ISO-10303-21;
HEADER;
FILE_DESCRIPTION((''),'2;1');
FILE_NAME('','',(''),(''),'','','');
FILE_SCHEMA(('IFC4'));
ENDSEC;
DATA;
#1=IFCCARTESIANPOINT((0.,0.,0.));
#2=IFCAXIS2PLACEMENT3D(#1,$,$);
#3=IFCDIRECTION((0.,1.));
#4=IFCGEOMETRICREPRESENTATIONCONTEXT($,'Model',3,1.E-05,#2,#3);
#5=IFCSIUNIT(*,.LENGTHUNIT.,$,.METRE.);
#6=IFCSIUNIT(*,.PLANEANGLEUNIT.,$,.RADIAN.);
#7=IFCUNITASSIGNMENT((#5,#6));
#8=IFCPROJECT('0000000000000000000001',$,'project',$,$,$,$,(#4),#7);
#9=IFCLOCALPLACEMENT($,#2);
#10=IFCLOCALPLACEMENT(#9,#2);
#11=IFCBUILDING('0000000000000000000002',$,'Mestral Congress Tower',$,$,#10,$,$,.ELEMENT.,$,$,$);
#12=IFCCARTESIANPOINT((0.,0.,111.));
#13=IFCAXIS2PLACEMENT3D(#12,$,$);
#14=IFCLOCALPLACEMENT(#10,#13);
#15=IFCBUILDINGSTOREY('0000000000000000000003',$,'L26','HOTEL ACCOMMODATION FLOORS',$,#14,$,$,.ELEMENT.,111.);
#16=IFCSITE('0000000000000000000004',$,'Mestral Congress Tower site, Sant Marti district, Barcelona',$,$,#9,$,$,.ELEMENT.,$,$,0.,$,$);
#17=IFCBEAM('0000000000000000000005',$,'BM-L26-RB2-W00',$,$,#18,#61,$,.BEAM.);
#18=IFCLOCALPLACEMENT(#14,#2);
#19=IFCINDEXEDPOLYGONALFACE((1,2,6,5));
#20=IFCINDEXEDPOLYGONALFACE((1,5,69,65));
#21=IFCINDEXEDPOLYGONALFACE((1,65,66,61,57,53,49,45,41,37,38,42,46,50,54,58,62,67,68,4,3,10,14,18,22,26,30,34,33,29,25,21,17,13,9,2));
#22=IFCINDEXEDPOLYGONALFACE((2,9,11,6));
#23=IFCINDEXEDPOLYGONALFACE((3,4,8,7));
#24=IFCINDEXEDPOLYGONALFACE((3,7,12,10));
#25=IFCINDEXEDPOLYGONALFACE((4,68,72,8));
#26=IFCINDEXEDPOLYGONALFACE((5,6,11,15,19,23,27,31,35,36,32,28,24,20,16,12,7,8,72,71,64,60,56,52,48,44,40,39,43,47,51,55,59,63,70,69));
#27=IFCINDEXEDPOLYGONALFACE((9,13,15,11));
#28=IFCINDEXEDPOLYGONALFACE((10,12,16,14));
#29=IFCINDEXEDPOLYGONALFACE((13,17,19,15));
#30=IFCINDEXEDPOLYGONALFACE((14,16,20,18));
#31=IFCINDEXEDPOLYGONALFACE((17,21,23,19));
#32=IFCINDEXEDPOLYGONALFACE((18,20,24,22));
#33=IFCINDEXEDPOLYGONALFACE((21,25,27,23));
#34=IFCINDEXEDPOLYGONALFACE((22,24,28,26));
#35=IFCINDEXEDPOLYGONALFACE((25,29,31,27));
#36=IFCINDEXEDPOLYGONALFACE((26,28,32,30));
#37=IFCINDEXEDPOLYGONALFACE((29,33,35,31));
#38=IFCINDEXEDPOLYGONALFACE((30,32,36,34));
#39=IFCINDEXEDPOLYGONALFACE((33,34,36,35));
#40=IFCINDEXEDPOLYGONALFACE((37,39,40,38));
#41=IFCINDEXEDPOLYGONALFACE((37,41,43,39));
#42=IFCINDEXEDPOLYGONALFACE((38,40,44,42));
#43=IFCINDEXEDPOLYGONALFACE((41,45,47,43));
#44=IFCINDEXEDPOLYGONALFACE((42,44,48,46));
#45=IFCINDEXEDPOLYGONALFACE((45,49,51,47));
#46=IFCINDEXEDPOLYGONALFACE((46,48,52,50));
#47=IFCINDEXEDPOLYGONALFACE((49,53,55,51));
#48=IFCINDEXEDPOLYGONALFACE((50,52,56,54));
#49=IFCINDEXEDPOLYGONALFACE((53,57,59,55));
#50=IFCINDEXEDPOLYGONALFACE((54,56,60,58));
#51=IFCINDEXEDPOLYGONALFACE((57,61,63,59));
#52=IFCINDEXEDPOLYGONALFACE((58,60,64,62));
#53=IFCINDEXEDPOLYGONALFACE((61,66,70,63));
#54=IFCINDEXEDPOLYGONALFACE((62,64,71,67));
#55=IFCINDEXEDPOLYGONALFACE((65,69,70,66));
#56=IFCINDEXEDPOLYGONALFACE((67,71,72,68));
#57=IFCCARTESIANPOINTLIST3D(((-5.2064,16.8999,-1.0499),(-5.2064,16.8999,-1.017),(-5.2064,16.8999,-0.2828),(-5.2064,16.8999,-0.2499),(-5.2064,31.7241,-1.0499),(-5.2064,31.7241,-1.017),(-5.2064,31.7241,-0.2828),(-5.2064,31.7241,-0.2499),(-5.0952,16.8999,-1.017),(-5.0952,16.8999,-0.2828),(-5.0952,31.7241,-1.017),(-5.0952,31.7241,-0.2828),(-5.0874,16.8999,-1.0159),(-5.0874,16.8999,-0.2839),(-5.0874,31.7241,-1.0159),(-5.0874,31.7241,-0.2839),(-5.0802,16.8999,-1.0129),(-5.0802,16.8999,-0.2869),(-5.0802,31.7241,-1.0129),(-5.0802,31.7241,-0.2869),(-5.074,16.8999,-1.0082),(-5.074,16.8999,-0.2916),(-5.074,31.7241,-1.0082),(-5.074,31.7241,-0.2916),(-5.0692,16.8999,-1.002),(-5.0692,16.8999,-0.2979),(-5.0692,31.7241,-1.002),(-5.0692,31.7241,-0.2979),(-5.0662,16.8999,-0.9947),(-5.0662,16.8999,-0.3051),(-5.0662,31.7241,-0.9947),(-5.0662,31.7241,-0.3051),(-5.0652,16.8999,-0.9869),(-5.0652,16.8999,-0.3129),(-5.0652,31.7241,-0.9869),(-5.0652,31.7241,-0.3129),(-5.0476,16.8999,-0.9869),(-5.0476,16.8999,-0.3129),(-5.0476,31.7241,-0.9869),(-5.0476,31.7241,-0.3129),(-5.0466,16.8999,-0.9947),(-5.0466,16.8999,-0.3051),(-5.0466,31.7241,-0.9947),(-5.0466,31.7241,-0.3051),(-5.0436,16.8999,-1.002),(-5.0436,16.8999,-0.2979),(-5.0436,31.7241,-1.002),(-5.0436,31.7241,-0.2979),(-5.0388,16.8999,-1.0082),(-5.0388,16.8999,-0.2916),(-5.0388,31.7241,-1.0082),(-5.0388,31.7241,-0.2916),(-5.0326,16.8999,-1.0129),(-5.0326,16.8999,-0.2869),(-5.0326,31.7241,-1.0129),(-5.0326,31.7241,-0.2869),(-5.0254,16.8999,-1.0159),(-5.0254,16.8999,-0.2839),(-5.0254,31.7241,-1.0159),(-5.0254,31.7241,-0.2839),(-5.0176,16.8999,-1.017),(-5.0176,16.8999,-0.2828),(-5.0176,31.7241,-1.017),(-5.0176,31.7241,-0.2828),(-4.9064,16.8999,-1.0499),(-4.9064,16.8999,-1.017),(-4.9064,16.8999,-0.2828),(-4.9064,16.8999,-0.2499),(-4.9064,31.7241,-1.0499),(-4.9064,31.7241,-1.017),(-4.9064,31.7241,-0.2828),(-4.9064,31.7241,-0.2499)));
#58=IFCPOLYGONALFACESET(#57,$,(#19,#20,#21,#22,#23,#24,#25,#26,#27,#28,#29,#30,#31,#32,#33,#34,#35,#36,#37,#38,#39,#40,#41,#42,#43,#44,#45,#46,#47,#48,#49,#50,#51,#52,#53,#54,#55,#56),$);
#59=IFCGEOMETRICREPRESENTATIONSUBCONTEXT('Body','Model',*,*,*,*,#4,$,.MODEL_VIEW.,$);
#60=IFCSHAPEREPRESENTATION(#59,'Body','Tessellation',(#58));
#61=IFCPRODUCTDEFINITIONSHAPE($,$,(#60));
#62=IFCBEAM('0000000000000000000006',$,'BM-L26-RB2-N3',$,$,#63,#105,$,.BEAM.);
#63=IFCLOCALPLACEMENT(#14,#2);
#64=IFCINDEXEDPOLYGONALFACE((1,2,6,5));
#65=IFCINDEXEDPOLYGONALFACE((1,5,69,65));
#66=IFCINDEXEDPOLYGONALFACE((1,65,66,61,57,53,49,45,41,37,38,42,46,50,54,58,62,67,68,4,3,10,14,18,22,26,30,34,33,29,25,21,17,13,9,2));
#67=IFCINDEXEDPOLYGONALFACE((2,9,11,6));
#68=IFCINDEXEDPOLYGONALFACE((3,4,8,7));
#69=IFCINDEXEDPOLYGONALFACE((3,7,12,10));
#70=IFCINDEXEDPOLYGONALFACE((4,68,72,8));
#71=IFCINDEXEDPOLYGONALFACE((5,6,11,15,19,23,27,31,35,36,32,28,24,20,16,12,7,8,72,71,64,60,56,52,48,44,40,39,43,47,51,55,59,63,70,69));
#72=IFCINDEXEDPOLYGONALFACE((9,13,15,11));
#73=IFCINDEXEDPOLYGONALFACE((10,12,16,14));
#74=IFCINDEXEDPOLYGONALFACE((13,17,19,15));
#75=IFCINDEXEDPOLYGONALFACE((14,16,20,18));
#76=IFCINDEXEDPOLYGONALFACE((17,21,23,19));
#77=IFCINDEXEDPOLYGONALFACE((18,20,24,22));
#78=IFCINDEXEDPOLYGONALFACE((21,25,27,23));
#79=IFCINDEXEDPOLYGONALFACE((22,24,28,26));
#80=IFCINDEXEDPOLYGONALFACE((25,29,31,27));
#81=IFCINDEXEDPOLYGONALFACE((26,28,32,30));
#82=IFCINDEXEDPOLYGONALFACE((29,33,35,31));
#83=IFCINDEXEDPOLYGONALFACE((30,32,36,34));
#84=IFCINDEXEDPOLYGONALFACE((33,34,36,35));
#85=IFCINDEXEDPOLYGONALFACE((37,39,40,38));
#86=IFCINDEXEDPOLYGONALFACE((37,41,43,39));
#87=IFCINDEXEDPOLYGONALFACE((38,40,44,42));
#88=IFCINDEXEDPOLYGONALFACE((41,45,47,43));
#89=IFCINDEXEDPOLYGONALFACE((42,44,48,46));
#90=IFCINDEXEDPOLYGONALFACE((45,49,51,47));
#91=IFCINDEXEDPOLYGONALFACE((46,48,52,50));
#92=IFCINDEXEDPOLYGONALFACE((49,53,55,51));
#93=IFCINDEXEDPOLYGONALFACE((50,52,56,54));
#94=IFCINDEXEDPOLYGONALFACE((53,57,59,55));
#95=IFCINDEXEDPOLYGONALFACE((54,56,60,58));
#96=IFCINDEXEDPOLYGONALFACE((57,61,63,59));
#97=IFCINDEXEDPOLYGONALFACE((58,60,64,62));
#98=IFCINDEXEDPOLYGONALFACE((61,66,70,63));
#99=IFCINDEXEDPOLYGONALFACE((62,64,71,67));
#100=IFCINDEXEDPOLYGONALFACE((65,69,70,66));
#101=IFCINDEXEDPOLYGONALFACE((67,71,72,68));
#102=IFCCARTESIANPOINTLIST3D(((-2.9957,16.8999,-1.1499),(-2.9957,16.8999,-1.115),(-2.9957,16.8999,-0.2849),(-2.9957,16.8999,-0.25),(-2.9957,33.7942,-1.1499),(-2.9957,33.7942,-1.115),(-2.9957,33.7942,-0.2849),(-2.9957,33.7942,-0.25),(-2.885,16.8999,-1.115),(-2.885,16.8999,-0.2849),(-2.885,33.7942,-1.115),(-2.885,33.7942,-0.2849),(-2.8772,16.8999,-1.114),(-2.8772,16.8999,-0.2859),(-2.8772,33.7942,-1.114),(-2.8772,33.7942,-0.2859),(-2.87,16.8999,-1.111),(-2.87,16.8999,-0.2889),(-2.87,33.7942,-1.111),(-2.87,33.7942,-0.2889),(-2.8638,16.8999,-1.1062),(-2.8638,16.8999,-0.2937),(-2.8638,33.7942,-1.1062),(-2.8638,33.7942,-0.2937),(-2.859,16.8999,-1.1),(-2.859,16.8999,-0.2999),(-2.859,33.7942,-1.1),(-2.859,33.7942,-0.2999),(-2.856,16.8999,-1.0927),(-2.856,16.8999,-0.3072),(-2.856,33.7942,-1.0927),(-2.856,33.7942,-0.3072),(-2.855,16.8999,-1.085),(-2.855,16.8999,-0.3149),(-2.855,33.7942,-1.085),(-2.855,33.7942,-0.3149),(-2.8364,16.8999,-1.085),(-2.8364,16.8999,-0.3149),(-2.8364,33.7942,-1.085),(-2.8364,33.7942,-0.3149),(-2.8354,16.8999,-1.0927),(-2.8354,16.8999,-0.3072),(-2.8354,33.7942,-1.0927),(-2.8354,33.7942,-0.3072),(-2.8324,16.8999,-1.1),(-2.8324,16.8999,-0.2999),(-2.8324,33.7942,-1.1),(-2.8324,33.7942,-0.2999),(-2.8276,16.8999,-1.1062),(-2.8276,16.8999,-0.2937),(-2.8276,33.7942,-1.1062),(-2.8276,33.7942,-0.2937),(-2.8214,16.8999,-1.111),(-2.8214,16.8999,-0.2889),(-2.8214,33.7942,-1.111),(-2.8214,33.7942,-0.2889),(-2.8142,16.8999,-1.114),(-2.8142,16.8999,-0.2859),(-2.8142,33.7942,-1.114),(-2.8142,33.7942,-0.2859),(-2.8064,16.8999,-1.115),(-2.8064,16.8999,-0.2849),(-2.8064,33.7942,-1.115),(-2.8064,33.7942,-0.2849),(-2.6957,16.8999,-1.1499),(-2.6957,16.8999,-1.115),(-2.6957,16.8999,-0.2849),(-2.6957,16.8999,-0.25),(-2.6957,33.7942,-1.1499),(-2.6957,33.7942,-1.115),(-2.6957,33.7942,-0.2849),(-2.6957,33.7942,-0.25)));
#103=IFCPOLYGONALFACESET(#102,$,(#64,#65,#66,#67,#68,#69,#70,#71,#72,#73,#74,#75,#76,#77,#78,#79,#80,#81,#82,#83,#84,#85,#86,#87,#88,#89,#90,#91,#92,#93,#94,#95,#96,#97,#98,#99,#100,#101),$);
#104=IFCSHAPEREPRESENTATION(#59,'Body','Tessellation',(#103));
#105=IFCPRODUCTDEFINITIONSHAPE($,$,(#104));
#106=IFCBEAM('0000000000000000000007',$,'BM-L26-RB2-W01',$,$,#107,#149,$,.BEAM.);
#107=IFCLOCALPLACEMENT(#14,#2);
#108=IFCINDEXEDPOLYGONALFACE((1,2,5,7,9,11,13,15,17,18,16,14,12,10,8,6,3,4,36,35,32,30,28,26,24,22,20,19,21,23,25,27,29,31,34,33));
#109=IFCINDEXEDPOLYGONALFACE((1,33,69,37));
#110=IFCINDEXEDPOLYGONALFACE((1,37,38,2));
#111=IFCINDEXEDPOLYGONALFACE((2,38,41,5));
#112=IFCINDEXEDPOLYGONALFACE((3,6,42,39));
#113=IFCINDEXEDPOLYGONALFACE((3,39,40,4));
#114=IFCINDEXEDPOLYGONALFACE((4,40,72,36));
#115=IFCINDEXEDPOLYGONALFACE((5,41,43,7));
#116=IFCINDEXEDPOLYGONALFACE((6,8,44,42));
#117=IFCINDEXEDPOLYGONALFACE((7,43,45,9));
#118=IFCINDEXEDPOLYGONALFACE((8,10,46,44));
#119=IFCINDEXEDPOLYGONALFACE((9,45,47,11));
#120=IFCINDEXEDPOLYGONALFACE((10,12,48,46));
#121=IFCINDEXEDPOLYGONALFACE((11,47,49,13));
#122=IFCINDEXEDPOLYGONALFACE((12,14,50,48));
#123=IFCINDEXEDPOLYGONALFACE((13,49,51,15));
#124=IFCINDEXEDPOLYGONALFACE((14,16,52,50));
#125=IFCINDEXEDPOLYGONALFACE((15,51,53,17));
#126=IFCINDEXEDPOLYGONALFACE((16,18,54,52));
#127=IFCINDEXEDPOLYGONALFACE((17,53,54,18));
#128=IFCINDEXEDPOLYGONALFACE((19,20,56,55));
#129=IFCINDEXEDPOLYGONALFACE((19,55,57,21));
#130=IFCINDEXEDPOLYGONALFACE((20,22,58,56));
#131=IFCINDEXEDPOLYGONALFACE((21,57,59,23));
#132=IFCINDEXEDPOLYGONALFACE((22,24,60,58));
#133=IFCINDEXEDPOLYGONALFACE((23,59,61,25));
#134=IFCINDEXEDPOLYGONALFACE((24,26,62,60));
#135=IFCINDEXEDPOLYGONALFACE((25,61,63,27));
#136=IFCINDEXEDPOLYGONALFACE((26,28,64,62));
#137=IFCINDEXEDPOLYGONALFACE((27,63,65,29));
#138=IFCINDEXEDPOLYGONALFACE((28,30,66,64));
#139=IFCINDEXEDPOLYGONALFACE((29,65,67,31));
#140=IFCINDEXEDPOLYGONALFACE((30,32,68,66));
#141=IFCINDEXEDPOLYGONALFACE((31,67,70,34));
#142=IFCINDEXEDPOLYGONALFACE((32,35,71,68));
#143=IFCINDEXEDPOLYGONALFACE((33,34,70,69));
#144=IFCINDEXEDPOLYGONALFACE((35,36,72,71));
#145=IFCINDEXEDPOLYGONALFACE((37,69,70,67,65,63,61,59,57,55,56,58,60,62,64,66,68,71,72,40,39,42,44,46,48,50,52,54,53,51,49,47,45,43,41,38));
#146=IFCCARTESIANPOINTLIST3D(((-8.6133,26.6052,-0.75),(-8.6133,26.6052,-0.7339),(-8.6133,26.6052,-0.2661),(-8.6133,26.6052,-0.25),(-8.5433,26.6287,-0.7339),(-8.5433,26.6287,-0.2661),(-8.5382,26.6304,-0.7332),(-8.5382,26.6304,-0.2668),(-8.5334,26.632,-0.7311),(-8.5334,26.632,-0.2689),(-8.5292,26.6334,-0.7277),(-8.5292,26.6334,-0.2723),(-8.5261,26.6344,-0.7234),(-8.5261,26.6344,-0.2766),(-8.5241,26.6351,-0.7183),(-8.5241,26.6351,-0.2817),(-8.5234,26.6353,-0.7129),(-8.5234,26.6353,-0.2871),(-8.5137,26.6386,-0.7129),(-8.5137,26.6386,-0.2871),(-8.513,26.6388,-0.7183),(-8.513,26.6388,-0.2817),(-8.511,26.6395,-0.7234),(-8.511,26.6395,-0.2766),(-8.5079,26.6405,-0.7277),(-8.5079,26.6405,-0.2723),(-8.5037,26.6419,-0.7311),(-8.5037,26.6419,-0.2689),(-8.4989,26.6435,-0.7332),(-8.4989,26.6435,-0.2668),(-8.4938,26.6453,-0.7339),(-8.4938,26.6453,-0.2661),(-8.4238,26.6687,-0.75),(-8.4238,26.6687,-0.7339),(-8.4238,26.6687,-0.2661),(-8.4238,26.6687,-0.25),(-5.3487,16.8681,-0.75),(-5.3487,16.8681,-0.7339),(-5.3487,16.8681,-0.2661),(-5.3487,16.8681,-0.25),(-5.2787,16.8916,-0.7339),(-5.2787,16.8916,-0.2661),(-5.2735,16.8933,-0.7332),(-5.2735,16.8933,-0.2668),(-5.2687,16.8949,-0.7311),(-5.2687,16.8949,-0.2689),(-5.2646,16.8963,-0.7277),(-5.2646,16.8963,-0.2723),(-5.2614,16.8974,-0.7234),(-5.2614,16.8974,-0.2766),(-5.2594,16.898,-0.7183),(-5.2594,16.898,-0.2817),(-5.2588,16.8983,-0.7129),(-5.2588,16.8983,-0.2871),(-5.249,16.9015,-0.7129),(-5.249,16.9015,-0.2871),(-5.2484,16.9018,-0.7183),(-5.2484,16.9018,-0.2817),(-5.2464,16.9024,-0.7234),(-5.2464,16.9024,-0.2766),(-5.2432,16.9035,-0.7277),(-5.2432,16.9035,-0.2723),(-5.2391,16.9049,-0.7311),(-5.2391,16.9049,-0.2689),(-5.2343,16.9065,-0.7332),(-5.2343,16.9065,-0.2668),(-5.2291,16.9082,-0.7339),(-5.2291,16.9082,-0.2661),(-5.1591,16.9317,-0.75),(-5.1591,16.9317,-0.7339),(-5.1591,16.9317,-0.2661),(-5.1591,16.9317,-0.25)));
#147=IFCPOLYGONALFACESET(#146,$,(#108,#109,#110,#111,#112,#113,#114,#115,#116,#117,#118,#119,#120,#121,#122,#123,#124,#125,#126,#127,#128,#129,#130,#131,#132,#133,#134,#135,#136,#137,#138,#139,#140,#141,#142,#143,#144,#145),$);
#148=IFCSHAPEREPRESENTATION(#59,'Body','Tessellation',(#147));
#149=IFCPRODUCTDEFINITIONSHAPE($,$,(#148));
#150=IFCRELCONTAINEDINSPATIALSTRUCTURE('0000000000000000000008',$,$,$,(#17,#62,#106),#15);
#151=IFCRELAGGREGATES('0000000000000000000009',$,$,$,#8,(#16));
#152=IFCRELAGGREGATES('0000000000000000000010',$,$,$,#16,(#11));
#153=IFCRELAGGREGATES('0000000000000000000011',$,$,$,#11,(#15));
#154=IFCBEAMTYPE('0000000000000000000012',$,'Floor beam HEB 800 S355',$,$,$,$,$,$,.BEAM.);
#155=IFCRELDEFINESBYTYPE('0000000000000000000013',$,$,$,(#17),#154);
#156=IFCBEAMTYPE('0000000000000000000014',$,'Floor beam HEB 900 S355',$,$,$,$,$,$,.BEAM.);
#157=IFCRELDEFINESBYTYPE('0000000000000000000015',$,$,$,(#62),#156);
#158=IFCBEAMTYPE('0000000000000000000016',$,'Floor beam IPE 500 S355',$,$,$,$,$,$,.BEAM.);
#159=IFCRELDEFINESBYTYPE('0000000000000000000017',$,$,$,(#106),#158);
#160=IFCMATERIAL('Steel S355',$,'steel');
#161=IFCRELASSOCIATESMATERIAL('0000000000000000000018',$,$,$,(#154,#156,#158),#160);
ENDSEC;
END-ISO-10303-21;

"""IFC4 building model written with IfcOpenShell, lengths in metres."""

from ifc_helpers import new_model, si_unit, direction, frame, origin, origin_2d, place, context, subcontext, project, spatial, i_section, extrude, material, material_profile, profile_set, type_object, element, save


model = new_model("IFC4")

# Units and contexts
model_context = context("Model", 3, precision=1e-05, world=origin(), true_north=direction((0.0, 1.0)))
body_context = subcontext(model_context, "Body", "Model", "MODEL_VIEW")
ifc_project = project(units=[si_unit("LENGTHUNIT", "METRE"), si_unit("PLANEANGLEUNIT", "RADIAN")], contexts=[model_context])

# Site, building, storey
site_placement = place(None, origin())
site = spatial("IfcSite", under=ifc_project, at=site_placement, Name="Mestral Congress Tower site, Sant Marti district, Barcelona", CompositionType="ELEMENT", RefElevation=0.0)
building_placement = place(site_placement, origin())
building = spatial("IfcBuilding", under=site, at=building_placement, Name="Mestral Congress Tower", CompositionType="ELEMENT")
storey_placement = place(building_placement, frame((0.0, 0.0, 111.0)))
storey = spatial("IfcBuildingStorey", under=building, at=storey_placement, Name="L26", Description="HOTEL ACCOMMODATION FLOORS", CompositionType="ELEMENT", Elevation=111.0)

# Beams
ifc_material_1 = material(Name="Steel S355", Category="steel")
ifc_material_profile_1 = material_profile(ifc_material_1, i_section(OverallWidth=0.3, OverallDepth=0.8, WebThickness=0.0176, FlangeThickness=0.033, FilletRadius=0.03, at=origin_2d()), Name="HEB 800")
ifc_profile_set_1 = profile_set([ifc_material_profile_1], Name="Steel S355")
beam_type_1 = type_object("IfcBeamType", Name="Floor beam HEB 800 S355", PredefinedType="BEAM", material=ifc_profile_set_1)
beam_1_placement = place(storey_placement, frame((-5.0564, 31.7241, -0.6499), z_axis=(0.0, -1.0, 0.0), x_axis=(1.0, 0.0, 0.0)))
element("IfcBeam", 1, at=beam_1_placement, inside=storey, type_object=beam_type_1, Name="BM-L26-RB2-W00", PredefinedType="BEAM", context=body_context, shape_type="SweptSolid", body=[
    extrude(i_section(OverallWidth=0.3, OverallDepth=0.8, WebThickness=0.0176, FlangeThickness=0.033, FilletRadius=0.03, at=origin_2d()), origin(), (0.0, 0.0, 1.0), 14.8242),
])
ifc_material_profile_2 = material_profile(ifc_material_1, i_section(OverallWidth=0.3, OverallDepth=0.8999, WebThickness=0.0186, FlangeThickness=0.0349, FilletRadius=0.03, at=origin_2d()), Name="HEB 900")
ifc_profile_set_2 = profile_set([ifc_material_profile_2], Name="Steel S355")
beam_type_2 = type_object("IfcBeamType", Name="Floor beam HEB 900 S355", PredefinedType="BEAM", material=ifc_profile_set_2)
beam_2_placement = place(storey_placement, frame((-2.8457, 33.7942, -0.7), z_axis=(0.0, -1.0, 0.0), x_axis=(1.0, 0.0, 0.0)))
element("IfcBeam", 2, at=beam_2_placement, inside=storey, type_object=beam_type_2, Name="BM-L26-RB2-N3", PredefinedType="BEAM", context=body_context, shape_type="SweptSolid", body=[
    extrude(i_section(OverallWidth=0.3, OverallDepth=0.8999, WebThickness=0.0186, FlangeThickness=0.0349, FilletRadius=0.03, at=origin_2d()), origin(), (0.0, 0.0, 1.0), 16.8943),
])
ifc_material_profile_3 = material_profile(ifc_material_1, i_section(OverallWidth=0.2, OverallDepth=0.5, WebThickness=0.0103, FlangeThickness=0.0161, FilletRadius=0.021, at=origin_2d()), Name="IPE 500")
ifc_profile_set_3 = profile_set([ifc_material_profile_3], Name="Steel S355")
beam_type_3 = type_object("IfcBeamType", Name="Floor beam IPE 500 S355", PredefinedType="BEAM", material=ifc_profile_set_3)
beam_3_placement = place(storey_placement, frame((-8.5186, 26.637, -0.5), z_axis=(0.317889, -0.948128, 0.0), x_axis=(0.948128, 0.317889, 0.0)))
element("IfcBeam", 3, at=beam_3_placement, inside=storey, type_object=beam_type_3, Name="BM-L26-RB2-W01", PredefinedType="BEAM", context=body_context, shape_type="SweptSolid", body=[
    extrude(i_section(OverallWidth=0.2, OverallDepth=0.5, WebThickness=0.0103, FlangeThickness=0.0161, FilletRadius=0.021, at=origin_2d()), origin(), (0.0, 0.0, 1.0), 10.2698),
])

save(model, "model.ifc")
